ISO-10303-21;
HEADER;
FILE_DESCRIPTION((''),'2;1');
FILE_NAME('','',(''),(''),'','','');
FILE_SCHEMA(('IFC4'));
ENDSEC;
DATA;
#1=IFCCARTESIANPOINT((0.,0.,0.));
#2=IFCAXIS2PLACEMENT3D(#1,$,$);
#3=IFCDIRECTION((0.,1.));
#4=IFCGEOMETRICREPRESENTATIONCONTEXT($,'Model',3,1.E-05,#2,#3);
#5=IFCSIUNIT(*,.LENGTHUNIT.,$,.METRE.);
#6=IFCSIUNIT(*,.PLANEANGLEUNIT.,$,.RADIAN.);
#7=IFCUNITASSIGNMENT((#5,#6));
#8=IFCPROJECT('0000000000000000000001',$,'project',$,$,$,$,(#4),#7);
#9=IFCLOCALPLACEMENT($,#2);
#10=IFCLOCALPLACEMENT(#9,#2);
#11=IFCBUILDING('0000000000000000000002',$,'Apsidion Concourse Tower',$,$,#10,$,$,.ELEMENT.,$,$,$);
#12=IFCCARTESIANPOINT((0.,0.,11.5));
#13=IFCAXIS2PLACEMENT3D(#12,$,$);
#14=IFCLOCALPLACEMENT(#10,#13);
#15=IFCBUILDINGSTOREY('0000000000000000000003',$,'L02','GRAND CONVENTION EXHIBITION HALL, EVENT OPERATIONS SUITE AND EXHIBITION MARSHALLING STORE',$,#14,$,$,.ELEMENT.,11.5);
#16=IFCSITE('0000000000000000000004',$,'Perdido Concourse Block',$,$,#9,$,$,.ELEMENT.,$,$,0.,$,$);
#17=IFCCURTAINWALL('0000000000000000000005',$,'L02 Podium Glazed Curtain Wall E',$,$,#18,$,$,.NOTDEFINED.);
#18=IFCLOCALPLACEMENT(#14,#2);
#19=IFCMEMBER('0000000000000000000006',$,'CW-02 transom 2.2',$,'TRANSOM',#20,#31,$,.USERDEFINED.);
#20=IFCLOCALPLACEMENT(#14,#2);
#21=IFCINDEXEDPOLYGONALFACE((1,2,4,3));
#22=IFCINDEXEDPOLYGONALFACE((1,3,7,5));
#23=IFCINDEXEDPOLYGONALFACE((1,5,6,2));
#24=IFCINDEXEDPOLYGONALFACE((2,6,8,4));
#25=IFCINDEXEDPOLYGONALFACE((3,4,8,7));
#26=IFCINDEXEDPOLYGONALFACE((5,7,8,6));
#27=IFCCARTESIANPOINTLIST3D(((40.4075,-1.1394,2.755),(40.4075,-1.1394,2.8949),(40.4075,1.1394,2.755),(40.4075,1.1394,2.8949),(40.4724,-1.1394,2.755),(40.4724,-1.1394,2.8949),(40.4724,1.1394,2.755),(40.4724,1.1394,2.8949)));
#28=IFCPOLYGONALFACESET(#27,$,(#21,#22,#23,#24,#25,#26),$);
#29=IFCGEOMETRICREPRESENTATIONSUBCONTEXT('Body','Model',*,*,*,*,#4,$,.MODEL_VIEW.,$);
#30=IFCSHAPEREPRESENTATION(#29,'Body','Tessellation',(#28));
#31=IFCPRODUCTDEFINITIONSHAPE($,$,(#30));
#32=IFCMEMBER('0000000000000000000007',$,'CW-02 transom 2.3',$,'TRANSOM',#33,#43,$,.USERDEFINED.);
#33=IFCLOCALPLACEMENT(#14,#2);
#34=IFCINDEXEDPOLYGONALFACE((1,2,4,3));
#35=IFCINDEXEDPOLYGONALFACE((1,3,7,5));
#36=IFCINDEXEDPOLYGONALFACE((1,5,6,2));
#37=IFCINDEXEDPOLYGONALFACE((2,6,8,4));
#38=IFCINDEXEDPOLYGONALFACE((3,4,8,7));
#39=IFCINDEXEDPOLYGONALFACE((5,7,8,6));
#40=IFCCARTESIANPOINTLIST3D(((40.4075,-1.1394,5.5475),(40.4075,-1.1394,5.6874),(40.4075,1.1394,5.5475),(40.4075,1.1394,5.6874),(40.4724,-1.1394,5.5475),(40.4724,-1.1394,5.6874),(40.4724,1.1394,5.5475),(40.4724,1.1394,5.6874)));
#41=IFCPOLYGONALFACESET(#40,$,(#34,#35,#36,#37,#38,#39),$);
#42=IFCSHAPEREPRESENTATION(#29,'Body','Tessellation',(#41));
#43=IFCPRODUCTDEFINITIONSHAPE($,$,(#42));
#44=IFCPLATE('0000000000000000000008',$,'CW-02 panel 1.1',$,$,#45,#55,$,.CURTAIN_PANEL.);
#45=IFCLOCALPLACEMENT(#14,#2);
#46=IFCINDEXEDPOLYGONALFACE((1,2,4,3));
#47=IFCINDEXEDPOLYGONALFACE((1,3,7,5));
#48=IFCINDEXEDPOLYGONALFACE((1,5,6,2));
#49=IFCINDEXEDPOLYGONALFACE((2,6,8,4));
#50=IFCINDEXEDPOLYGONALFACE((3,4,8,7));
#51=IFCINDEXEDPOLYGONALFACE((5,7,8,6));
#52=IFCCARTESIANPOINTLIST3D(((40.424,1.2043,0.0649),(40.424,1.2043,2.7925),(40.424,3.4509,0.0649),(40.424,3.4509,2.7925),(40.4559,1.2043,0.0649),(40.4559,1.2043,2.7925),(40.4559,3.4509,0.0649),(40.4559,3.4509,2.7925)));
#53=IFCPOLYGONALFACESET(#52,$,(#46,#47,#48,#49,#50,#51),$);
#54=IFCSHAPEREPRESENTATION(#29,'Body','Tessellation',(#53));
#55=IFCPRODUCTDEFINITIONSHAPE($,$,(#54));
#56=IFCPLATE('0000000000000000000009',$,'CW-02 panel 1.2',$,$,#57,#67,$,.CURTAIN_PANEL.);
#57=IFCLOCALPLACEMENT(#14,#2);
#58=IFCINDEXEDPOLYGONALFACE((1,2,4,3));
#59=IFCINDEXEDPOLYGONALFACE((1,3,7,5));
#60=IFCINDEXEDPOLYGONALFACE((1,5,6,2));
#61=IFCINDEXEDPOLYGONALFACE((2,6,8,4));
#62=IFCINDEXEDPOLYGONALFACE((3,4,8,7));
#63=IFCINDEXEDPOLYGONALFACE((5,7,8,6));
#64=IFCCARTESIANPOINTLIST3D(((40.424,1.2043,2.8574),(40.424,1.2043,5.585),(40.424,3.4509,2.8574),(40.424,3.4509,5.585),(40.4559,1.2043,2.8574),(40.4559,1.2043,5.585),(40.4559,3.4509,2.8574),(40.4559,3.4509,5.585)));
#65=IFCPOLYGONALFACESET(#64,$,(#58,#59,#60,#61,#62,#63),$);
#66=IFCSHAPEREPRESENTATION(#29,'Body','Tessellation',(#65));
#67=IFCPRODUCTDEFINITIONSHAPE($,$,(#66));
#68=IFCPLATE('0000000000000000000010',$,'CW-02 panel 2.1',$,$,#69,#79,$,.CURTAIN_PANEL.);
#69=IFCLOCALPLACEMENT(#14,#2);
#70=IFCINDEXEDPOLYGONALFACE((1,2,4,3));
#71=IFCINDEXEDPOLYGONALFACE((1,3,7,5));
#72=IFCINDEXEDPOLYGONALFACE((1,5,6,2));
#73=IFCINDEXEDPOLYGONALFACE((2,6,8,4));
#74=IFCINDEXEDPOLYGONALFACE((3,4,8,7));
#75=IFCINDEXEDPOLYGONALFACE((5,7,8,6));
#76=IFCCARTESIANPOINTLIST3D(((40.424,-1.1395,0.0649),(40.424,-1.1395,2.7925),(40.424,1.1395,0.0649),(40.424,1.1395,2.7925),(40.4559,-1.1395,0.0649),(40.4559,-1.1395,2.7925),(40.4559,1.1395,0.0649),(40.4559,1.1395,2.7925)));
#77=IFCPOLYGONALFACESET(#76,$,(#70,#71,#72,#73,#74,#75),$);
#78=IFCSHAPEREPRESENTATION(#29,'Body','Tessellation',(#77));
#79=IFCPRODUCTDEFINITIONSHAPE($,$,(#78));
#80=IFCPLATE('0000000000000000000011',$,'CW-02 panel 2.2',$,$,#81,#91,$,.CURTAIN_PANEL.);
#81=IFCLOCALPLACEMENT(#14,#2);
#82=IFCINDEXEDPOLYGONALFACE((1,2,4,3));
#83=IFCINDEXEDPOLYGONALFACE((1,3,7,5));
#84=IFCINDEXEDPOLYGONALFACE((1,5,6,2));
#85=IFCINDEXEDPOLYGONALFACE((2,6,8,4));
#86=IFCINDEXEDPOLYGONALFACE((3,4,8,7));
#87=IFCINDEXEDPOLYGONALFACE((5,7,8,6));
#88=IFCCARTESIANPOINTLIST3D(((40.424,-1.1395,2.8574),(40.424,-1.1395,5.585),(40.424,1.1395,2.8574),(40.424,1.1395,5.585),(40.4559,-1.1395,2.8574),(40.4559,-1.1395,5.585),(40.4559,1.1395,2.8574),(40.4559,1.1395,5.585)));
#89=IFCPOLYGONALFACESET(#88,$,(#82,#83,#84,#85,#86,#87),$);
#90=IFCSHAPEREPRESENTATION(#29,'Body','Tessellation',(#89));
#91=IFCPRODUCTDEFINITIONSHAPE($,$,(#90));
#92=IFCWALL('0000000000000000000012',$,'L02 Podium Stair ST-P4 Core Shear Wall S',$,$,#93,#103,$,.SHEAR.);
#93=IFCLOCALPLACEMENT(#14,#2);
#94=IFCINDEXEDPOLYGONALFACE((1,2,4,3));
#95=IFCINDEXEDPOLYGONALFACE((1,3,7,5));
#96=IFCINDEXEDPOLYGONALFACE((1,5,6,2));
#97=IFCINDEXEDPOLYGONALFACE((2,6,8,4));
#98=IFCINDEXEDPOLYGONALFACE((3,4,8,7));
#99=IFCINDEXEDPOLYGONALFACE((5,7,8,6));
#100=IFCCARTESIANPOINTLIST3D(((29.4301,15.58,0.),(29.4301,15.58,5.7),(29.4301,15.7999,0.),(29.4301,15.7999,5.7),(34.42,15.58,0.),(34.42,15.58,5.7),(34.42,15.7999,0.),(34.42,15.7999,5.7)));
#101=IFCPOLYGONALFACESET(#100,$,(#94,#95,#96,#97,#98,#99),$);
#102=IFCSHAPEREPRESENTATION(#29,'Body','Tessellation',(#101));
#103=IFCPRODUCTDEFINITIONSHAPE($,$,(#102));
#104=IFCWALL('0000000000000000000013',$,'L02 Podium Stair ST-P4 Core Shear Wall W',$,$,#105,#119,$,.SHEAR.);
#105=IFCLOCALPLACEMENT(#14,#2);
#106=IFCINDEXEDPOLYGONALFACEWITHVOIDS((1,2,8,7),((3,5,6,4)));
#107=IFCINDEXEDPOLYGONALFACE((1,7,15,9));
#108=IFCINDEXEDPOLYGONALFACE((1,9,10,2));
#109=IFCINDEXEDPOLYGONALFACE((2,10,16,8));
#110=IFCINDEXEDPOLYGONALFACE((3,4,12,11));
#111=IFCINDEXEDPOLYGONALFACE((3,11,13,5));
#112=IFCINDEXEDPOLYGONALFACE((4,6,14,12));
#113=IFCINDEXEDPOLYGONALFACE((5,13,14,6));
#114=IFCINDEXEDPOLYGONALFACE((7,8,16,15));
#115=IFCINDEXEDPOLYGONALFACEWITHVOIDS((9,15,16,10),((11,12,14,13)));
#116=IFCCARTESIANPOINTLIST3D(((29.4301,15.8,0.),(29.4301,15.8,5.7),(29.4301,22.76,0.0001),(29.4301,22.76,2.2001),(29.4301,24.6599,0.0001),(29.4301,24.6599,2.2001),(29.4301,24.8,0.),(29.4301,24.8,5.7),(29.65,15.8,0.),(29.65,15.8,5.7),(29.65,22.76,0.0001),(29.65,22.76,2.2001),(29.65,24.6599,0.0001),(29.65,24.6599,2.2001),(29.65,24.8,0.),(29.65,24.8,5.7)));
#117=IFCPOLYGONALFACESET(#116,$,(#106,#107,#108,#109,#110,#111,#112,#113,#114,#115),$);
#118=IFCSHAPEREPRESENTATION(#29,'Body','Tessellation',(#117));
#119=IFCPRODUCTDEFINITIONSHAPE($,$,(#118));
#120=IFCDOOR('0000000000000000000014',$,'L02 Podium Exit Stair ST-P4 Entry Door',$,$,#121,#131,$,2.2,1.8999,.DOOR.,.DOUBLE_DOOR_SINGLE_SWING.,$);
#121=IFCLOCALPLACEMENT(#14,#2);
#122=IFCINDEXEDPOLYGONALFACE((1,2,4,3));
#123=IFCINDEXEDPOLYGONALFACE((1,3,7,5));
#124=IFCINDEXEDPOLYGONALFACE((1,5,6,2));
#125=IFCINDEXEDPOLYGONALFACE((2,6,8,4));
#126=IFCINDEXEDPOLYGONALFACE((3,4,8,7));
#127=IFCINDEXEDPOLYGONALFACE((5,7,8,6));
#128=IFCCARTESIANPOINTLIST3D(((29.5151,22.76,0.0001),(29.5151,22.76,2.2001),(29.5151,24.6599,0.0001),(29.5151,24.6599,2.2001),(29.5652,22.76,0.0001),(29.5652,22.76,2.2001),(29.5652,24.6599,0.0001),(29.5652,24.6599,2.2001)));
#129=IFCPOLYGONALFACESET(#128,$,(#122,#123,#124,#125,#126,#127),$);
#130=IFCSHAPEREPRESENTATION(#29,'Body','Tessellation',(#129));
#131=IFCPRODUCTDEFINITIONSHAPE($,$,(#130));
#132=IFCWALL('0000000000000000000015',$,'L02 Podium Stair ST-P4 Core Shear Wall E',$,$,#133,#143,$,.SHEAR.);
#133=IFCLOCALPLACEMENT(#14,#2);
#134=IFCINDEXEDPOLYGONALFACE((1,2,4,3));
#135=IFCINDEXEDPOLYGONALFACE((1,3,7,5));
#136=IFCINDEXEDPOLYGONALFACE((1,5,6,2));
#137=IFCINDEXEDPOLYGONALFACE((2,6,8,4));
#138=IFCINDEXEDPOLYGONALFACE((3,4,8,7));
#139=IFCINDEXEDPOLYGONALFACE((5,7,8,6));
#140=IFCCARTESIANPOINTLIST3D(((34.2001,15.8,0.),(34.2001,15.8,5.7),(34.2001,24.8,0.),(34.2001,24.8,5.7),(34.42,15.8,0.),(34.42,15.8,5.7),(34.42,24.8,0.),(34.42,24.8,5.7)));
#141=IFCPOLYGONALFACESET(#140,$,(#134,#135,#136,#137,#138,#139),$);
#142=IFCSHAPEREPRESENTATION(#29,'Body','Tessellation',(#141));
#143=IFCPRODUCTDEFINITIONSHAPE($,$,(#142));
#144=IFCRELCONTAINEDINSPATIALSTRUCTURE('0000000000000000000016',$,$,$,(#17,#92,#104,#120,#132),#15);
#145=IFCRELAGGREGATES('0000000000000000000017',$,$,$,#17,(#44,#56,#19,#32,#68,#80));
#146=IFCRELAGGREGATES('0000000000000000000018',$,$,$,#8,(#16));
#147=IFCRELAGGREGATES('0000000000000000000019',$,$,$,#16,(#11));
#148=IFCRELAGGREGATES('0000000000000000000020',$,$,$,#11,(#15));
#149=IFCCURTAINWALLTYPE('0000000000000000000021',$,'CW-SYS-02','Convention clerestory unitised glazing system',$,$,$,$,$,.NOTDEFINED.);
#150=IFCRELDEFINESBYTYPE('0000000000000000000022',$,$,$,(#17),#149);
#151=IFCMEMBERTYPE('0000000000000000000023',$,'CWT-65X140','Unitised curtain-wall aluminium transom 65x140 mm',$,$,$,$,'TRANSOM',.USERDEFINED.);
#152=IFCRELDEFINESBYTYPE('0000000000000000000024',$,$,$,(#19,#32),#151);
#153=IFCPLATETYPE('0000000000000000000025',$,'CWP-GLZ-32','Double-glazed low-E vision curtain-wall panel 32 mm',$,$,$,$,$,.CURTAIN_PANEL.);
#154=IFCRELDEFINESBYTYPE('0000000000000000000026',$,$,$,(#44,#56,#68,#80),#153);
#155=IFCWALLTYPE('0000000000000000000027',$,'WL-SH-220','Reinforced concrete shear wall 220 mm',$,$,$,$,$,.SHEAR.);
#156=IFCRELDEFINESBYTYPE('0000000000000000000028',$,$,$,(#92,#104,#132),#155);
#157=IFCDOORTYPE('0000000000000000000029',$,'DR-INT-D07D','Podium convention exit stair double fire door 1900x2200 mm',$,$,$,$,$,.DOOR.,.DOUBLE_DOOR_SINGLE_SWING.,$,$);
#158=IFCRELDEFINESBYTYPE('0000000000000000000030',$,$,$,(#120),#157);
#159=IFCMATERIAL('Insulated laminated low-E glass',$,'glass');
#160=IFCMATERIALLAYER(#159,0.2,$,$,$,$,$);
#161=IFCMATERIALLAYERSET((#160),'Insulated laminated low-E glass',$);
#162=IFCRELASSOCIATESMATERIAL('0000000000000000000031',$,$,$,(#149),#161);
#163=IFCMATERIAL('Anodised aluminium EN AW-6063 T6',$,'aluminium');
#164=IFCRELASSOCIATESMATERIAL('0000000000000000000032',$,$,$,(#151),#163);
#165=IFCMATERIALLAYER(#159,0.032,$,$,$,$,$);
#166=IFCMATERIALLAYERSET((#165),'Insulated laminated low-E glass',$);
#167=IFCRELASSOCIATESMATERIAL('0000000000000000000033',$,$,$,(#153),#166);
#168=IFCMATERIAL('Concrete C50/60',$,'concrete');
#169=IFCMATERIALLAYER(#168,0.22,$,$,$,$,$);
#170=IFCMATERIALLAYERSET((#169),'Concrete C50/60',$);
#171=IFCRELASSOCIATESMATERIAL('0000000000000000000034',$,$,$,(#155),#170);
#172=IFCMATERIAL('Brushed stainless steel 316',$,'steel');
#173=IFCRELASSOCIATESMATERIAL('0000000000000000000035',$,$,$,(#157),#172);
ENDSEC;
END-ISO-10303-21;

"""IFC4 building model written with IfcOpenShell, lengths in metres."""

from ifc_helpers import new_model, si_unit, direction, frame, frame_2d, origin, origin_2d, place, context, subcontext, project, spatial, rectangle, extrude, material, layer, layer_set, material_profile, profile_set, type_object, element, fill, aggregate, save


model = new_model("IFC4")

# Units and contexts
model_context = context("Model", 3, precision=1e-05, world=origin(), true_north=direction((0.0, 1.0)))
body_context = subcontext(model_context, "Body", "Model", "MODEL_VIEW")
ifc_project = project(units=[si_unit("LENGTHUNIT", "METRE"), si_unit("PLANEANGLEUNIT", "RADIAN")], contexts=[model_context])

# Site, building, storey
site_placement = place(None, origin())
site = spatial("IfcSite", under=ifc_project, at=site_placement, Name="Perdido Concourse Block", CompositionType="ELEMENT", RefElevation=0.0)
building_placement = place(site_placement, origin())
building = spatial("IfcBuilding", under=site, at=building_placement, Name="Apsidion Concourse Tower", CompositionType="ELEMENT")
storey_placement = place(building_placement, frame((0.0, 0.0, 11.5)))
storey = spatial("IfcBuildingStorey", under=building, at=storey_placement, Name="L02", Description="GRAND CONVENTION EXHIBITION HALL, EVENT OPERATIONS SUITE AND EXHIBITION MARSHALLING STORE", CompositionType="ELEMENT", Elevation=11.5)

# Curtain wall, members, plates
ifc_material_1 = material(Name="Insulated laminated low-E glass", Category="glass")
ifc_layer_1 = layer(ifc_material_1, 0.2)
ifc_layer_set_1 = layer_set([ifc_layer_1], Name="Insulated laminated low-E glass")
curtain_wall_type = type_object("IfcCurtainWallType", Name="CW-SYS-02", Description="Convention clerestory unitised glazing system", PredefinedType="NOTDEFINED", material=ifc_layer_set_1)
curtain_wall_placement = place(storey_placement, origin())
curtain_wall = element("IfcCurtainWall", 1, at=curtain_wall_placement, inside=storey, type_object=curtain_wall_type, Name="L02 Podium Glazed Curtain Wall E", PredefinedType="NOTDEFINED")
ifc_material_2 = material(Name="Anodised aluminium EN AW-6063 T6", Category="aluminium")
ifc_material_profile_1 = material_profile(ifc_material_2, rectangle(XDim=0.0649, YDim=0.1399, at=origin_2d()), Name="ALU TRANSOM 65x140")
ifc_profile_set_1 = profile_set([ifc_material_profile_1], Name="Anodised aluminium EN AW-6063 T6")
member_type_1 = type_object("IfcMemberType", Name="CWT-65X140", Description="Unitised curtain-wall aluminium transom 65x140 mm", ElementType="TRANSOM", PredefinedType="USERDEFINED", material=ifc_profile_set_1)
member_1_placement = place(storey_placement, frame((40.4399, 1.1394, 2.825), z_axis=(0.0, -1.0, 0.0), x_axis=(1.0, 0.0, 0.0)))
member_1 = element("IfcMember", 2, at=member_1_placement, type_object=member_type_1, Name="CW-02 transom 2.2", ObjectType="TRANSOM", PredefinedType="USERDEFINED", context=body_context, shape_type="SweptSolid", body=[
    extrude(rectangle(XDim=0.0649, YDim=0.1399, at=origin_2d()), origin(), (0.0, 0.0, 1.0), 2.2788),
])
member_2_placement = place(storey_placement, frame((40.4399, 1.1394, 5.6174), z_axis=(0.0, -1.0, 0.0), x_axis=(1.0, 0.0, 0.0)))
member_2 = element("IfcMember", 3, at=member_2_placement, type_object=member_type_1, Name="CW-02 transom 2.3", ObjectType="TRANSOM", PredefinedType="USERDEFINED", context=body_context, shape_type="SweptSolid", body=[
    extrude(rectangle(XDim=0.0649, YDim=0.1399, at=origin_2d()), origin(), (0.0, 0.0, 1.0), 2.2788),
])
ifc_layer_2 = layer(ifc_material_1, 0.032)
ifc_layer_set_2 = layer_set([ifc_layer_2], Name="Insulated laminated low-E glass")
plate_type = type_object("IfcPlateType", Name="CWP-GLZ-32", Description="Double-glazed low-E vision curtain-wall panel 32 mm", PredefinedType="CURTAIN_PANEL", material=ifc_layer_set_2)
plate_1_placement = place(storey_placement, frame((40.4399, 2.3276, 0.0649), z_axis=(0.0, 0.0, 1.0), x_axis=(0.0, -1.0, 0.0)))
plate_1 = element("IfcPlate", 4, at=plate_1_placement, type_object=plate_type, Name="CW-02 panel 1.1", PredefinedType="CURTAIN_PANEL", context=body_context, shape_type="SweptSolid", body=[
    extrude(rectangle(XDim=2.2466, YDim=0.032, at=origin_2d()), origin(), (0.0, 0.0, 1.0), 2.7275),
])
plate_2_placement = place(storey_placement, frame((40.4399, 2.3276, 2.8574), z_axis=(0.0, 0.0, 1.0), x_axis=(0.0, -1.0, 0.0)))
plate_2 = element("IfcPlate", 5, at=plate_2_placement, type_object=plate_type, Name="CW-02 panel 1.2", PredefinedType="CURTAIN_PANEL", context=body_context, shape_type="SweptSolid", body=[
    extrude(rectangle(XDim=2.2466, YDim=0.032, at=origin_2d()), origin(), (0.0, 0.0, 1.0), 2.7275),
])
plate_3_placement = place(storey_placement, frame((40.4399, 0.0, 0.0649), z_axis=(0.0, 0.0, 1.0), x_axis=(0.0, -1.0, 0.0)))
plate_3 = element("IfcPlate", 6, at=plate_3_placement, type_object=plate_type, Name="CW-02 panel 2.1", PredefinedType="CURTAIN_PANEL", context=body_context, shape_type="SweptSolid", body=[
    extrude(rectangle(XDim=2.2791, YDim=0.032, at=origin_2d()), origin(), (0.0, 0.0, 1.0), 2.7275),
])
plate_4_placement = place(storey_placement, frame((40.4399, 0.0, 2.8574), z_axis=(0.0, 0.0, 1.0), x_axis=(0.0, -1.0, 0.0)))
plate_4 = element("IfcPlate", 7, at=plate_4_placement, type_object=plate_type, Name="CW-02 panel 2.2", PredefinedType="CURTAIN_PANEL", context=body_context, shape_type="SweptSolid", body=[
    extrude(rectangle(XDim=2.2791, YDim=0.032, at=origin_2d()), origin(), (0.0, 0.0, 1.0), 2.7275),
])
aggregate(curtain_wall, [plate_1, plate_2, member_1, member_2, plate_3, plate_4])

# Wall
ifc_material_3 = material(Name="Concrete C50/60", Category="concrete")
ifc_layer_3 = layer(ifc_material_3, 0.22)
ifc_layer_set_3 = layer_set([ifc_layer_3], Name="Concrete C50/60")
wall_type = type_object("IfcWallType", Name="WL-SH-220", Description="Reinforced concrete shear wall 220 mm", PredefinedType="SHEAR", material=ifc_layer_set_3)
wall_1_placement = place(storey_placement, frame((29.4299, 15.6899, 0.0), z_axis=(0.0, 0.0, 1.0), x_axis=(1.0, 0.0, 0.0)))
element("IfcWall", 8, at=wall_1_placement, inside=storey, type_object=wall_type, Name="L02 Podium Stair ST-P4 Core Shear Wall S", PredefinedType="SHEAR", context=body_context, shape_type="SweptSolid", body=[
    extrude(rectangle(XDim=4.99, YDim=0.22, at=frame_2d((2.4951, 0.0))), origin(), (0.0, 0.0, 1.0), 5.7),
])

# Wall, opening, door
wall_2_placement = place(storey_placement, frame((29.54, 15.8, 0.0), z_axis=(0.0, 0.0, 1.0), x_axis=(0.0, 1.0, 0.0)))
wall_2 = element("IfcWall", 9, at=wall_2_placement, inside=storey, type_object=wall_type, Name="L02 Podium Stair ST-P4 Core Shear Wall W", PredefinedType="SHEAR", context=body_context, shape_type="SweptSolid", body=[
    extrude(rectangle(XDim=9.0, YDim=0.22, at=frame_2d((4.5, 0.0))), origin(), (0.0, 0.0, 1.0), 5.7),
])
opening_placement = place(wall_2_placement, frame((6.96, 0.0, 0.0)))
opening = element("IfcOpeningElement", 10, at=opening_placement, cuts=wall_2, PredefinedType="OPENING", context=body_context, shape_type="SweptSolid", body=[
    extrude(rectangle(XDim=1.8999, YDim=2.2, at=frame_2d((0.95, 1.1001))), frame((0.0, 0.1201, 0.0), z_axis=(0.0, -1.0, 0.0), x_axis=(1.0, 0.0, 0.0)), (0.0, 0.0, 1.0), 0.24),
])
ifc_material_4 = material(Name="Brushed stainless steel 316", Category="steel")
door_type = type_object("IfcDoorType", Name="DR-INT-D07D", Description="Podium convention exit stair double fire door 1900x2200 mm", OperationType="DOUBLE_DOOR_SINGLE_SWING", PredefinedType="DOOR", material=ifc_material_4)
door_placement = place(opening_placement, origin())
door = element("IfcDoor", 11, at=door_placement, inside=storey, type_object=door_type, Name="L02 Podium Exit Stair ST-P4 Entry Door", OperationType="DOUBLE_DOOR_SINGLE_SWING", OverallHeight=2.2, OverallWidth=1.8999, PredefinedType="DOOR", context=body_context, shape_type="SweptSolid", body=[
    extrude(rectangle(XDim=1.8999, YDim=2.2, at=frame_2d((0.95, 1.1001))), frame((0.0, 0.0249, 0.0), z_axis=(0.0, -1.0, 0.0), x_axis=(1.0, 0.0, 0.0)), (0.0, 0.0, 1.0), 0.05),
])
fill(opening, door)

# Wall
wall_3_placement = place(storey_placement, frame((34.3101, 15.8, 0.0), z_axis=(0.0, 0.0, 1.0), x_axis=(0.0, 1.0, 0.0)))
element("IfcWall", 12, at=wall_3_placement, inside=storey, type_object=wall_type, Name="L02 Podium Stair ST-P4 Core Shear Wall E", PredefinedType="SHEAR", context=body_context, shape_type="SweptSolid", body=[
    extrude(rectangle(XDim=9.0, YDim=0.22, at=frame_2d((4.5, 0.0))), origin(), (0.0, 0.0, 1.0), 5.7),
])

save(model, "model.ifc")
